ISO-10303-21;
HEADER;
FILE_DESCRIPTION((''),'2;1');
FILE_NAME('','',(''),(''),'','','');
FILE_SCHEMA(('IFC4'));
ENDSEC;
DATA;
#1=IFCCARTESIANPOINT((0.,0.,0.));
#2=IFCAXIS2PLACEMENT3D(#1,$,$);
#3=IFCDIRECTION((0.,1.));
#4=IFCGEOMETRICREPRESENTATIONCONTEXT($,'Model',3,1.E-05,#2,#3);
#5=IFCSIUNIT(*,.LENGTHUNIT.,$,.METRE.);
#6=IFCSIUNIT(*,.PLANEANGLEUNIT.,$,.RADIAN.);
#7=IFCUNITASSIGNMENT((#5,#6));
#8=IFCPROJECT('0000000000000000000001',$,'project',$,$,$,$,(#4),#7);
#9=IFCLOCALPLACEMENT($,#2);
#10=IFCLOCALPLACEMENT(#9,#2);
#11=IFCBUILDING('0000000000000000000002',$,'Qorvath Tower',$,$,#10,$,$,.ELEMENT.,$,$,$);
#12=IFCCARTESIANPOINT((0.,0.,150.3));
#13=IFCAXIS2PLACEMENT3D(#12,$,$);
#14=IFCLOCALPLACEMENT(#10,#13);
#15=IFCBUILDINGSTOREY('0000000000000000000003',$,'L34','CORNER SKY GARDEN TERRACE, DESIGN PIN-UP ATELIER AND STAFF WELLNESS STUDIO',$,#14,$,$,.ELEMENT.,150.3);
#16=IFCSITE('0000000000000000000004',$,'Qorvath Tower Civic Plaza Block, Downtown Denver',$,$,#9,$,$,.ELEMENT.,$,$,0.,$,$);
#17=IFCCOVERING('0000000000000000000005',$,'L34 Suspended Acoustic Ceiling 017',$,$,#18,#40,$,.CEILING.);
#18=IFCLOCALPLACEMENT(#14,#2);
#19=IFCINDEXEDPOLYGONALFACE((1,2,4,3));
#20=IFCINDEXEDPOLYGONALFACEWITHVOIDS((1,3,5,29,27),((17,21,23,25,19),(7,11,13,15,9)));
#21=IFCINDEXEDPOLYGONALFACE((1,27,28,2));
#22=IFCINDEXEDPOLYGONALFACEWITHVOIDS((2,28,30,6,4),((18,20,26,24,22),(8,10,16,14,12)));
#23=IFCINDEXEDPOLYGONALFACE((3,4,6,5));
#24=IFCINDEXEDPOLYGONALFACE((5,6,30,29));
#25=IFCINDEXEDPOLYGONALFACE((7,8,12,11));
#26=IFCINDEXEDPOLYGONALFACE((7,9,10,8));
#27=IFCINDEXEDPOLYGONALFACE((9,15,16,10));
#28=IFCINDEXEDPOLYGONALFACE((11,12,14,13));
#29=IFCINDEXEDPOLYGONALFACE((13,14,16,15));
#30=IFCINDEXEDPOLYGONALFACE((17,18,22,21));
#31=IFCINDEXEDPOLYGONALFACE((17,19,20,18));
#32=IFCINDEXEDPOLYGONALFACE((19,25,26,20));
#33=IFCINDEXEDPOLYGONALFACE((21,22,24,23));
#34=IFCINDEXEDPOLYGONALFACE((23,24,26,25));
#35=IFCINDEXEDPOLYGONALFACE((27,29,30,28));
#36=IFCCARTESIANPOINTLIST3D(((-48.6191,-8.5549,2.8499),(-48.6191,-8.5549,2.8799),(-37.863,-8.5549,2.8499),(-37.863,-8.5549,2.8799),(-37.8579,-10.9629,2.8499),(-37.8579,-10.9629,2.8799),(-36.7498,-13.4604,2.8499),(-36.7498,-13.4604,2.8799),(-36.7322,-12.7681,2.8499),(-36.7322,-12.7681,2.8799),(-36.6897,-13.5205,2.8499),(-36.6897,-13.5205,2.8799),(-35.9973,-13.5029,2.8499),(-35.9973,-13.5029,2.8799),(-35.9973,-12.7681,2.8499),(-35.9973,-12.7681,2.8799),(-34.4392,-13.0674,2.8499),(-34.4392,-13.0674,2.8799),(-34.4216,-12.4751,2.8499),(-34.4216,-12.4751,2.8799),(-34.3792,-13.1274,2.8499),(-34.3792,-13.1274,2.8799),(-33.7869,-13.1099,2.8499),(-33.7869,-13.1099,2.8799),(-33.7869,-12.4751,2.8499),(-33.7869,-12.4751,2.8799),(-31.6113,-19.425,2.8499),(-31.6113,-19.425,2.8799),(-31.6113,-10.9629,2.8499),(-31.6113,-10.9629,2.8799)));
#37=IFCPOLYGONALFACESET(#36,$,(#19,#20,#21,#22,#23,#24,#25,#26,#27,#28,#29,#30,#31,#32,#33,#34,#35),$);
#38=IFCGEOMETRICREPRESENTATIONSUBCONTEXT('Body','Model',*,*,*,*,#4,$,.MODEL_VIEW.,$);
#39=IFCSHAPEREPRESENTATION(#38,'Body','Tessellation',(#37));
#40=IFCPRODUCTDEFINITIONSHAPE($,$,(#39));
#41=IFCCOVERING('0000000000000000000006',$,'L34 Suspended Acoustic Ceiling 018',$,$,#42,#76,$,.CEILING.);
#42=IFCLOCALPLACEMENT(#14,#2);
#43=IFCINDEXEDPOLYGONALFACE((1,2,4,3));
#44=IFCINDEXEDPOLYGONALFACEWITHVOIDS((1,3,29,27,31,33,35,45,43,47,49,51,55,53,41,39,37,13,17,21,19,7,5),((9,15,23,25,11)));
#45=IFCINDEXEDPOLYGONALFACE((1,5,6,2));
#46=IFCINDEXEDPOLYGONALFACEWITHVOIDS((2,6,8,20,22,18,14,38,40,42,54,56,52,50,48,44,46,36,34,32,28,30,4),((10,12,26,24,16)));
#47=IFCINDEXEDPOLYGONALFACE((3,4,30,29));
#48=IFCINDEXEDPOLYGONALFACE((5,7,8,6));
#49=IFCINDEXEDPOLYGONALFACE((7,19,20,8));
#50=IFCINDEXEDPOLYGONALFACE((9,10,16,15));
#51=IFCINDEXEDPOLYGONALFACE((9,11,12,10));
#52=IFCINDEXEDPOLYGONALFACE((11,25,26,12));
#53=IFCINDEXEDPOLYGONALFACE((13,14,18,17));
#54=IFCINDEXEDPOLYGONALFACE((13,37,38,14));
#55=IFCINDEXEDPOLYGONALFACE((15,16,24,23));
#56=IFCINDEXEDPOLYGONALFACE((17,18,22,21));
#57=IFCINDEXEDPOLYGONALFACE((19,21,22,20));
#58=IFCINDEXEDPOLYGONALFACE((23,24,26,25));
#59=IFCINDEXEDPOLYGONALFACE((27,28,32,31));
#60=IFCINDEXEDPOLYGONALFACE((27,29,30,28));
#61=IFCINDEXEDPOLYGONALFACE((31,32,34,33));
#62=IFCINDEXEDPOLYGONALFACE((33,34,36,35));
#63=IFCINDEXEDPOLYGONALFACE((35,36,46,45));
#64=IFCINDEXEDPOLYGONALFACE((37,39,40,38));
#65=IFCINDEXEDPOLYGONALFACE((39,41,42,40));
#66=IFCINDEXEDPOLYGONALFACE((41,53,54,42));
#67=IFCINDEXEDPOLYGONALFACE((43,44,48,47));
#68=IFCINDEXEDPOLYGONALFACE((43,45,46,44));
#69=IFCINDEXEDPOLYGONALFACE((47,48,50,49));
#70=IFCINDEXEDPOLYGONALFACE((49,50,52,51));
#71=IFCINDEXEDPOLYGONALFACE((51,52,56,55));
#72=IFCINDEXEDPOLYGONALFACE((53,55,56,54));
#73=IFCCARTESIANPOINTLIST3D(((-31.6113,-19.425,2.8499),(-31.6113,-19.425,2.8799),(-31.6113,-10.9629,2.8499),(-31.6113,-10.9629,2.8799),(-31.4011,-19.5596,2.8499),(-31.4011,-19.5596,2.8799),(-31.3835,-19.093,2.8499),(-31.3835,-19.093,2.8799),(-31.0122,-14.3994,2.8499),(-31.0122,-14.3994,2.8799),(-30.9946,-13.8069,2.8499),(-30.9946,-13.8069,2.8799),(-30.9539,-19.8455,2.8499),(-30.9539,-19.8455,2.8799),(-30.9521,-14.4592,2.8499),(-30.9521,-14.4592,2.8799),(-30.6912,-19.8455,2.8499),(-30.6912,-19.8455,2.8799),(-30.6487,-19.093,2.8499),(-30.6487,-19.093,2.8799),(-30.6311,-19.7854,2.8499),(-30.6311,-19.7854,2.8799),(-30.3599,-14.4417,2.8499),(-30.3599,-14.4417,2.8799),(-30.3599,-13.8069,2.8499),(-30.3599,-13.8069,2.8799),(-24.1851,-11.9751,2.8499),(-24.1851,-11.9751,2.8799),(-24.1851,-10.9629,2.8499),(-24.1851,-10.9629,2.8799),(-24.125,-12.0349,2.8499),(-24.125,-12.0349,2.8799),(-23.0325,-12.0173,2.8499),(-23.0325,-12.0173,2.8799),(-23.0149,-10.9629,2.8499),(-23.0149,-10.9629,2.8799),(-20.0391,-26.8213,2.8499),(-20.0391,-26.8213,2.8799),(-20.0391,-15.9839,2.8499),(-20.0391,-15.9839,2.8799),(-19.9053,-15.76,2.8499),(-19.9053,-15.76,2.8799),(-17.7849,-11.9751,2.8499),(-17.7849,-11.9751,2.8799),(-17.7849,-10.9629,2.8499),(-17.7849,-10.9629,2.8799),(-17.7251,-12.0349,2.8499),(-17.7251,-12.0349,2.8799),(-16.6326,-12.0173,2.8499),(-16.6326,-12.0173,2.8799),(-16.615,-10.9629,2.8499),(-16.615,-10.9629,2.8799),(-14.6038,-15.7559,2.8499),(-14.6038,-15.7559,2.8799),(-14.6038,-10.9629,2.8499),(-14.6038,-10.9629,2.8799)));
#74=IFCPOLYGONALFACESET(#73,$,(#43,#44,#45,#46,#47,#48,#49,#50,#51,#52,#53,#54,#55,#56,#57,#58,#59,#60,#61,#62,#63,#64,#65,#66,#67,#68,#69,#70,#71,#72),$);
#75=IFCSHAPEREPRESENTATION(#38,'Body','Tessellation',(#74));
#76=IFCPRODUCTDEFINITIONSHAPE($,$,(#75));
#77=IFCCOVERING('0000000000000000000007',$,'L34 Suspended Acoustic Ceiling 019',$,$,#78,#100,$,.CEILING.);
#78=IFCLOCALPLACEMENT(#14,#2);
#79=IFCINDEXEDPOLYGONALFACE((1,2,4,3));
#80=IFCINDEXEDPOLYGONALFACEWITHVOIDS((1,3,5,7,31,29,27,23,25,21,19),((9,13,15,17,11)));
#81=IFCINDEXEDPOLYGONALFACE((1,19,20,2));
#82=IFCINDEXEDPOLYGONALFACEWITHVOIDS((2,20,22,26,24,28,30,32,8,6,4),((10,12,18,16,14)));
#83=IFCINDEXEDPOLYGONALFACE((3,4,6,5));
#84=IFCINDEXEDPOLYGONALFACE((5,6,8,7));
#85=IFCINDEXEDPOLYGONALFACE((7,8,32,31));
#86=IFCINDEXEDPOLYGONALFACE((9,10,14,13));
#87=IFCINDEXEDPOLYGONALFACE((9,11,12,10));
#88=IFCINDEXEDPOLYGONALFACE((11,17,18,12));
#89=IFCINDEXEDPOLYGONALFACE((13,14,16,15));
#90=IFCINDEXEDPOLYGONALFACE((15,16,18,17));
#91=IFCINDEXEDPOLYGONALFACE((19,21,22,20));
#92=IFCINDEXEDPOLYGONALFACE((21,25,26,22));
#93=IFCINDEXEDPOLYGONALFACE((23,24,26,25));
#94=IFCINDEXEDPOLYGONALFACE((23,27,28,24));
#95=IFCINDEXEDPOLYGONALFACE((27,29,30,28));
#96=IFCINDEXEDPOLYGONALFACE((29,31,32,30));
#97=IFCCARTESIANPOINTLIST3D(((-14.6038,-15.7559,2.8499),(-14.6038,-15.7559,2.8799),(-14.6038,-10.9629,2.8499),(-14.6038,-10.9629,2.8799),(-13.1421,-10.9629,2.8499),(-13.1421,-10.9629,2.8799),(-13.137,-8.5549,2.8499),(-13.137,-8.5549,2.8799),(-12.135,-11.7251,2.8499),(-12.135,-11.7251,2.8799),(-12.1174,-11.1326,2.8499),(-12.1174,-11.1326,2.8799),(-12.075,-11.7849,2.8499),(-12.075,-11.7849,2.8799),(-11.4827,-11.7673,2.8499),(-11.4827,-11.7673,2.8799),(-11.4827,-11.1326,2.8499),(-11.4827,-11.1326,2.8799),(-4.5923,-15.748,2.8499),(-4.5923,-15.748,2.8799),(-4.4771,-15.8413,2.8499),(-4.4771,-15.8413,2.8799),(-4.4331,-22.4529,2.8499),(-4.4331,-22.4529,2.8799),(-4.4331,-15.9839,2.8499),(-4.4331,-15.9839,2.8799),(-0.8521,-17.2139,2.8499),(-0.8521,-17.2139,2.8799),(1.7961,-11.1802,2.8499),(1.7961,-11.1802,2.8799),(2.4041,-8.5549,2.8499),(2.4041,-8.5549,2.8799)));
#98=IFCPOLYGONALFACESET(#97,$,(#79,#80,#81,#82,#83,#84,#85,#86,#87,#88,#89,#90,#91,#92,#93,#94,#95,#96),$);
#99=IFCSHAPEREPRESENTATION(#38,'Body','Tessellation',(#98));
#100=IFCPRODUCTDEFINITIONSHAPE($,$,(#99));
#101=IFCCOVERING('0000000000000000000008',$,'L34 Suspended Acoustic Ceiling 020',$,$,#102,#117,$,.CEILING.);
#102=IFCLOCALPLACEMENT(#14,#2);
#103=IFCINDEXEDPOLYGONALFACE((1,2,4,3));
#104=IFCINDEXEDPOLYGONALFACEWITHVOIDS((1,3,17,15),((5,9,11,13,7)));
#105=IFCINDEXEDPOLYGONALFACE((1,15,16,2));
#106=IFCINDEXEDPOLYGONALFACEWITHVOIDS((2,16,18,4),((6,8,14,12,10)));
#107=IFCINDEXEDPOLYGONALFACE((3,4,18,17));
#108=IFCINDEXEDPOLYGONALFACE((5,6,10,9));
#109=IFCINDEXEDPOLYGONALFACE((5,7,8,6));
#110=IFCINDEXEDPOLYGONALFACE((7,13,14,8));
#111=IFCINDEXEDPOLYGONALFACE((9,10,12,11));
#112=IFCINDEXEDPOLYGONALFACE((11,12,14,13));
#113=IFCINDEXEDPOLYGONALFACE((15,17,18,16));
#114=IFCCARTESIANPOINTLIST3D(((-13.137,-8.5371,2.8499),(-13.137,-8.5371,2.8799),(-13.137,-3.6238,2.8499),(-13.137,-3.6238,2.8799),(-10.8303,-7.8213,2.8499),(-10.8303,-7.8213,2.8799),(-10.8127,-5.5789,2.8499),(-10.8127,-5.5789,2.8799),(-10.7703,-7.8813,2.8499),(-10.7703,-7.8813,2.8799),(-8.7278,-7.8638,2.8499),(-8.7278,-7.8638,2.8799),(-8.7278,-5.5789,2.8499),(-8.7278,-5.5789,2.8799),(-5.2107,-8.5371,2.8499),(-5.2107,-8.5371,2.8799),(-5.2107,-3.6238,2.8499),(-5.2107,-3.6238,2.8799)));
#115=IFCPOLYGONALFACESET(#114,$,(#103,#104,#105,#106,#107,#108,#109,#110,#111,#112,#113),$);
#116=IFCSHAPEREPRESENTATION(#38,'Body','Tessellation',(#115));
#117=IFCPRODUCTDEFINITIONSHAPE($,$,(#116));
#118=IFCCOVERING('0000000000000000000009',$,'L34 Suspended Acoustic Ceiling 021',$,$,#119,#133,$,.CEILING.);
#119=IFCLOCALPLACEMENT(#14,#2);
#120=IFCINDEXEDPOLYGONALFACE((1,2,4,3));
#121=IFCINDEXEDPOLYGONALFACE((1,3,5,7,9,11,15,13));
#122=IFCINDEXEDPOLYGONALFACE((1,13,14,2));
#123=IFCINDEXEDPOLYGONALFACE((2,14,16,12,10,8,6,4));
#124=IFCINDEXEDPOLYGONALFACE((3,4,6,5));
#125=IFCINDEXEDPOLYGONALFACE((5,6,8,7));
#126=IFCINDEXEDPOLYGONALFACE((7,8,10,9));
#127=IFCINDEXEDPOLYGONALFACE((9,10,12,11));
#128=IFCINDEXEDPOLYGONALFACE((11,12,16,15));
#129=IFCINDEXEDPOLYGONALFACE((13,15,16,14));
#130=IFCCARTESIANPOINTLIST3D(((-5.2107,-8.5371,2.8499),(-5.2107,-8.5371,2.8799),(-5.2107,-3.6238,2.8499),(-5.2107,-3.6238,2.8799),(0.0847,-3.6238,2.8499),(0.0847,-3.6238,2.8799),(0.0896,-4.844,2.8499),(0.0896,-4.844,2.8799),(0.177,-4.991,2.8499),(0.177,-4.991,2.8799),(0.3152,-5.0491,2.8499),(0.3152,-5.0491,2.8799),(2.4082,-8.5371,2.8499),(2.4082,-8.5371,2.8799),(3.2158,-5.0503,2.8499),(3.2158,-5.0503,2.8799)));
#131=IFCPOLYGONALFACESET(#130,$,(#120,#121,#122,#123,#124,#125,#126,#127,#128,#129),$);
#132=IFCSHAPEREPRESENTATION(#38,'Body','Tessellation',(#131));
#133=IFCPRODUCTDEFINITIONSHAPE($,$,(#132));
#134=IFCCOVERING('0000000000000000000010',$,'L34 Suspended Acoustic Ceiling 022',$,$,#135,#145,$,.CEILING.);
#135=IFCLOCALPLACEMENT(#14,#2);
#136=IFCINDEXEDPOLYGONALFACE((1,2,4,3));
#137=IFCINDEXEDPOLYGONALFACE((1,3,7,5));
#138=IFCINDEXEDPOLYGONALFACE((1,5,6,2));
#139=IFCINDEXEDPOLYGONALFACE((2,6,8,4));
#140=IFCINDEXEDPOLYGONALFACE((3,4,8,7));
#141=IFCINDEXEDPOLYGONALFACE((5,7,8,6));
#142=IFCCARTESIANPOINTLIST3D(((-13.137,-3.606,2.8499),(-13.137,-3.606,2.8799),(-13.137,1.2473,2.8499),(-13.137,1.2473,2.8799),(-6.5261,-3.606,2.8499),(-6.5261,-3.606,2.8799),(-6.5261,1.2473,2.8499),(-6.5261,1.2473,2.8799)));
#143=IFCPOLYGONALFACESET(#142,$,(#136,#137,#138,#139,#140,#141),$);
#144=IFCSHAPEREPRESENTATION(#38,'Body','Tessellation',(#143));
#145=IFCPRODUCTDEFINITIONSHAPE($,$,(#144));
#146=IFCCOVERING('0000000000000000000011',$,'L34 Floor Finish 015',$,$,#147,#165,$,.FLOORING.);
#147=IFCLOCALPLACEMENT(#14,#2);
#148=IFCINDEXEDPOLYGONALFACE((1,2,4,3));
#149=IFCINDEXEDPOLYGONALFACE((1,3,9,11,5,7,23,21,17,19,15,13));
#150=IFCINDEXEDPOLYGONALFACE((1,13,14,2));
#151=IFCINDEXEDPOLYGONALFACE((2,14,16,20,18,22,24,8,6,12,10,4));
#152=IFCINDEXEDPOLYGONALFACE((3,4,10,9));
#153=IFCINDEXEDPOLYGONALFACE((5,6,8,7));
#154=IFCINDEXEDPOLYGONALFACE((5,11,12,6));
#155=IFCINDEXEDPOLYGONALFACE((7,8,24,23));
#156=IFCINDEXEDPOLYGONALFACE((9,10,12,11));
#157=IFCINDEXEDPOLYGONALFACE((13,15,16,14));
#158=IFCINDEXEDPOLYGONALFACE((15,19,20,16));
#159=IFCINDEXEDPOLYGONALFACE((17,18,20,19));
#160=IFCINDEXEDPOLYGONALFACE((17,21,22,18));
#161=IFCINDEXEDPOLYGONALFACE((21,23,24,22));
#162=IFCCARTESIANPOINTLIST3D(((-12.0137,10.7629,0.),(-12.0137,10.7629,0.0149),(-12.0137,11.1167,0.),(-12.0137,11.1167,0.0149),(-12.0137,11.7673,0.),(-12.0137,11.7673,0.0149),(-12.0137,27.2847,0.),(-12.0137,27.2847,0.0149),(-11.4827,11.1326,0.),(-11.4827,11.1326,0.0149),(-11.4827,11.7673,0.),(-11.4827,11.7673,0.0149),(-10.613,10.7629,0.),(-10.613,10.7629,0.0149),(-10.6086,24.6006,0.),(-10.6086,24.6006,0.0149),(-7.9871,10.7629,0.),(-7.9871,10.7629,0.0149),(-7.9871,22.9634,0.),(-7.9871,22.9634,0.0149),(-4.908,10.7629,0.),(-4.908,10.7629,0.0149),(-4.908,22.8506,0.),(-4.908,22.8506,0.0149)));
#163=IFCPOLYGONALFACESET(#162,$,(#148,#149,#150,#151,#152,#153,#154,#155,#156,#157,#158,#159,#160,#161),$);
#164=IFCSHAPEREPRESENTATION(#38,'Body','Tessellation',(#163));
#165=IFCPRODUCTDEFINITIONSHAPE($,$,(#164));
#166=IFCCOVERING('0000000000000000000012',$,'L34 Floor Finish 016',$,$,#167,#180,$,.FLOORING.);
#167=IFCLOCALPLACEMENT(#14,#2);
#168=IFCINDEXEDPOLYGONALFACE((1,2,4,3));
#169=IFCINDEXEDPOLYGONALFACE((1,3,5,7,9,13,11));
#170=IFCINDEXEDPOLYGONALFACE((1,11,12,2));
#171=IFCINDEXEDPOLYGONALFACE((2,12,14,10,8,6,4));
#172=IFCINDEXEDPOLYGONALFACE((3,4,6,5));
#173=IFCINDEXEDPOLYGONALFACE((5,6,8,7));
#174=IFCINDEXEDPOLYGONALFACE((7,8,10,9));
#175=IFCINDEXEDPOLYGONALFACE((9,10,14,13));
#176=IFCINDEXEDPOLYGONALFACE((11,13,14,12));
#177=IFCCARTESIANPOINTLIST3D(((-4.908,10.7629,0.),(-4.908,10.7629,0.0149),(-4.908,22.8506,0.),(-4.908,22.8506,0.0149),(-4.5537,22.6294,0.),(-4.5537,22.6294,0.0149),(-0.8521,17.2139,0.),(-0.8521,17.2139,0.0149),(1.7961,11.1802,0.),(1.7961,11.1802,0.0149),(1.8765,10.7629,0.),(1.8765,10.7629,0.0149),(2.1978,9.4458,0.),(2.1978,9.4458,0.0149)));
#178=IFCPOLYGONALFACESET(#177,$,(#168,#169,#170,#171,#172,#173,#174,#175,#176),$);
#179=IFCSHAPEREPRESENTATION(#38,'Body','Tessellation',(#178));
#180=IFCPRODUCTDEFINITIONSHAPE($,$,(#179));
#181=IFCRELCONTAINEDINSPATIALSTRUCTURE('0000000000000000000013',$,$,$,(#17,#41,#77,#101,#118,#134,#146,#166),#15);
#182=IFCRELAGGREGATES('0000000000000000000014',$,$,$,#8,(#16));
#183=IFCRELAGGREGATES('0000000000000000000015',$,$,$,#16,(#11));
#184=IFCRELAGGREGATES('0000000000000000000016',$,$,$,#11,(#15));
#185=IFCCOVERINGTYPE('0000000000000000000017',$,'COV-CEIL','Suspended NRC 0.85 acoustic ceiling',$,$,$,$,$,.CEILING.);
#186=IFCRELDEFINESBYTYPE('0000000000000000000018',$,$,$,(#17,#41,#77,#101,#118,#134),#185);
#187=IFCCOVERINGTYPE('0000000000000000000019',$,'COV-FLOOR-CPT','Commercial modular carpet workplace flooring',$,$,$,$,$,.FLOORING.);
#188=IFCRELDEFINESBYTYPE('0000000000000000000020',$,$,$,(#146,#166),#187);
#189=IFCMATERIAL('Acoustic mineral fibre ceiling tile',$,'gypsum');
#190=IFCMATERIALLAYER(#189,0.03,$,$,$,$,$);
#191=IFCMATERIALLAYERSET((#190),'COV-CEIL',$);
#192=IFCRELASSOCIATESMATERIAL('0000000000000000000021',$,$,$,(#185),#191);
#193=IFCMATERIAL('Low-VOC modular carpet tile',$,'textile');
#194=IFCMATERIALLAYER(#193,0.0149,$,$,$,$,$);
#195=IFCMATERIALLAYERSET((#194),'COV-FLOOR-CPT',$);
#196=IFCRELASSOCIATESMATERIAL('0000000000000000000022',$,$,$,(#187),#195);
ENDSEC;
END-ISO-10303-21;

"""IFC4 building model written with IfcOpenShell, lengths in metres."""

from ifc_helpers import new_model, si_unit, direction, frame, origin, place, context, subcontext, project, spatial, polyline, outline, extrude, material, layer, layer_set, type_object, element, save


model = new_model("IFC4")

# Units and contexts
model_context = context("Model", 3, precision=1e-05, world=origin(), true_north=direction((0.0, 1.0)))
body_context = subcontext(model_context, "Body", "Model", "MODEL_VIEW")
ifc_project = project(units=[si_unit("LENGTHUNIT", "METRE"), si_unit("PLANEANGLEUNIT", "RADIAN")], contexts=[model_context])

# Site, building, storey
site_placement = place(None, origin())
site = spatial("IfcSite", under=ifc_project, at=site_placement, Name="Qorvath Tower Civic Plaza Block, Downtown Denver", CompositionType="ELEMENT", RefElevation=0.0)
building_placement = place(site_placement, origin())
building = spatial("IfcBuilding", under=site, at=building_placement, Name="Qorvath Tower", CompositionType="ELEMENT")
storey_placement = place(building_placement, frame((0.0, 0.0, 150.3)))
storey = spatial("IfcBuildingStorey", under=building, at=storey_placement, Name="L34", Description="CORNER SKY GARDEN TERRACE, DESIGN PIN-UP ATELIER AND STAFF WELLNESS STUDIO", CompositionType="ELEMENT", Elevation=150.3)

# Coverings
ifc_material_1 = material(Name="Acoustic mineral fibre ceiling tile", Category="gypsum")
ifc_layer_1 = layer(ifc_material_1, 0.03)
ifc_layer_set_1 = layer_set([ifc_layer_1], Name="COV-CEIL")
covering_type_1 = type_object("IfcCoveringType", Name="COV-CEIL", Description="Suspended NRC 0.85 acoustic ceiling", PredefinedType="CEILING", material=ifc_layer_set_1)
covering_1_placement = place(storey_placement, frame((0.0, 0.0, 2.8499)))
element("IfcCovering", 1, at=covering_1_placement, inside=storey, type_object=covering_type_1, Name="L34 Suspended Acoustic Ceiling 017", PredefinedType="CEILING", context=body_context, shape_type="SweptSolid", body=[
    extrude(outline(polyline([(-31.6113, -19.425), (-31.6113, -10.9629), (-37.8579, -10.9629), (-37.863, -8.5549), (-48.6191, -8.5549), (-31.6113, -19.425)]), holes=[polyline([(-34.4392, -13.0674), (-34.4216, -12.4751), (-33.7869, -12.4751), (-33.7869, -13.1099), (-34.3792, -13.1274), (-34.4392, -13.0674)]), polyline([(-36.7498, -13.4604), (-36.7322, -12.7681), (-35.9973, -12.7681), (-35.9973, -13.5029), (-36.6897, -13.5205), (-36.7498, -13.4604)])]), origin(), (0.0, 0.0, 1.0), 0.03),
])
covering_2_placement = place(storey_placement, frame((0.0, 0.0, 2.8499)))
element("IfcCovering", 2, at=covering_2_placement, inside=storey, type_object=covering_type_1, Name="L34 Suspended Acoustic Ceiling 018", PredefinedType="CEILING", context=body_context, shape_type="SweptSolid", body=[
    extrude(outline(polyline([(-14.6038, -15.7559), (-14.6038, -10.9629), (-16.615, -10.9629), (-16.6326, -12.0173), (-17.7251, -12.0349), (-17.7849, -11.9751), (-17.7849, -10.9629), (-23.0149, -10.9629), (-23.0325, -12.0173), (-24.125, -12.0349), (-24.1851, -11.9751), (-24.1851, -10.9629), (-31.6113, -10.9629), (-31.6113, -19.425), (-31.4011, -19.5596), (-31.3835, -19.093), (-30.6487, -19.093), (-30.6311, -19.7854), (-30.6912, -19.8455), (-30.9539, -19.8455), (-20.0391, -26.8213), (-20.0391, -15.9839), (-19.9053, -15.76), (-14.6038, -15.7559)]), holes=[polyline([(-31.0122, -14.3994), (-30.9946, -13.8069), (-30.3599, -13.8069), (-30.3599, -14.4417), (-30.9521, -14.4592), (-31.0122, -14.3994)])]), origin(), (0.0, 0.0, 1.0), 0.03),
])
covering_3_placement = place(storey_placement, frame((0.0, 0.0, 2.8499)))
element("IfcCovering", 3, at=covering_3_placement, inside=storey, type_object=covering_type_1, Name="L34 Suspended Acoustic Ceiling 019", PredefinedType="CEILING", context=body_context, shape_type="SweptSolid", body=[
    extrude(outline(polyline([(-4.4331, -15.9839), (-4.4331, -22.4529), (-0.8521, -17.2139), (1.7961, -11.1802), (2.4041, -8.5549), (-13.137, -8.5549), (-13.1421, -10.9629), (-14.6038, -10.9629), (-14.6038, -15.7559), (-4.5923, -15.748), (-4.4771, -15.8413), (-4.4331, -15.9839)]), holes=[polyline([(-12.135, -11.7251), (-12.1174, -11.1326), (-11.4827, -11.1326), (-11.4827, -11.7673), (-12.075, -11.7849), (-12.135, -11.7251)])]), origin(), (0.0, 0.0, 1.0), 0.03),
])
covering_4_placement = place(storey_placement, frame((0.0, 0.0, 2.8499)))
element("IfcCovering", 4, at=covering_4_placement, inside=storey, type_object=covering_type_1, Name="L34 Suspended Acoustic Ceiling 020", PredefinedType="CEILING", context=body_context, shape_type="SweptSolid", body=[
    extrude(outline(polyline([(-5.2107, -8.5371), (-5.2107, -3.6238), (-13.137, -3.6238), (-13.137, -8.5371), (-5.2107, -8.5371)]), holes=[polyline([(-10.8303, -7.8213), (-10.8127, -5.5789), (-8.7278, -5.5789), (-8.7278, -7.8638), (-10.7703, -7.8813), (-10.8303, -7.8213)])]), origin(), (0.0, 0.0, 1.0), 0.03),
])
covering_5_placement = place(storey_placement, frame((0.0, 0.0, 2.8499)))
element("IfcCovering", 5, at=covering_5_placement, inside=storey, type_object=covering_type_1, Name="L34 Suspended Acoustic Ceiling 021", PredefinedType="CEILING", context=body_context, shape_type="SweptSolid", body=[
    extrude(outline(polyline([(0.177, -4.991), (0.0896, -4.844), (0.0847, -3.6238), (-5.2107, -3.6238), (-5.2107, -8.5371), (2.4082, -8.5371), (3.2158, -5.0503), (0.3152, -5.0491), (0.177, -4.991)])), origin(), (0.0, 0.0, 1.0), 0.03),
])
covering_6_placement = place(storey_placement, frame((0.0, 0.0, 2.8499)))
element("IfcCovering", 6, at=covering_6_placement, inside=storey, type_object=covering_type_1, Name="L34 Suspended Acoustic Ceiling 022", PredefinedType="CEILING", context=body_context, shape_type="SweptSolid", body=[
    extrude(outline(polyline([(-13.137, -3.606), (-6.5261, -3.606), (-6.5261, 1.2473), (-13.137, 1.2473), (-13.137, -3.606)])), origin(), (0.0, 0.0, 1.0), 0.03),
])
ifc_material_2 = material(Name="Low-VOC modular carpet tile", Category="textile")
ifc_layer_2 = layer(ifc_material_2, 0.0149)
ifc_layer_set_2 = layer_set([ifc_layer_2], Name="COV-FLOOR-CPT")
covering_type_2 = type_object("IfcCoveringType", Name="COV-FLOOR-CPT", Description="Commercial modular carpet workplace flooring", PredefinedType="FLOORING", material=ifc_layer_set_2)
covering_7_placement = place(storey_placement, origin())
element("IfcCovering", 7, at=covering_7_placement, inside=storey, type_object=covering_type_2, Name="L34 Floor Finish 015", PredefinedType="FLOORING", context=body_context, shape_type="SweptSolid", body=[
    extrude(outline(polyline([(-4.908, 10.7629), (-4.908, 22.8506), (-12.0137, 27.2847), (-12.0137, 11.7673), (-11.4827, 11.7673), (-11.4827, 11.1326), (-12.0137, 11.1167), (-12.0137, 10.7629), (-10.613, 10.7629), (-10.6086, 24.6006), (-7.9871, 22.9634), (-7.9871, 10.7629), (-4.908, 10.7629)])), origin(), (0.0, 0.0, 1.0), 0.0149),
])
covering_8_placement = place(storey_placement, origin())
element("IfcCovering", 8, at=covering_8_placement, inside=storey, type_object=covering_type_2, Name="L34 Floor Finish 016", PredefinedType="FLOORING", context=body_context, shape_type="SweptSolid", body=[
    extrude(outline(polyline([(-0.8521, 17.2139), (-4.5537, 22.6294), (-4.908, 22.8506), (-4.908, 10.7629), (1.8765, 10.7629), (2.1978, 9.4458), (1.7961, 11.1802), (-0.8521, 17.2139)])), origin(), (0.0, 0.0, 1.0), 0.0149),
])

save(model, "model.ifc")
